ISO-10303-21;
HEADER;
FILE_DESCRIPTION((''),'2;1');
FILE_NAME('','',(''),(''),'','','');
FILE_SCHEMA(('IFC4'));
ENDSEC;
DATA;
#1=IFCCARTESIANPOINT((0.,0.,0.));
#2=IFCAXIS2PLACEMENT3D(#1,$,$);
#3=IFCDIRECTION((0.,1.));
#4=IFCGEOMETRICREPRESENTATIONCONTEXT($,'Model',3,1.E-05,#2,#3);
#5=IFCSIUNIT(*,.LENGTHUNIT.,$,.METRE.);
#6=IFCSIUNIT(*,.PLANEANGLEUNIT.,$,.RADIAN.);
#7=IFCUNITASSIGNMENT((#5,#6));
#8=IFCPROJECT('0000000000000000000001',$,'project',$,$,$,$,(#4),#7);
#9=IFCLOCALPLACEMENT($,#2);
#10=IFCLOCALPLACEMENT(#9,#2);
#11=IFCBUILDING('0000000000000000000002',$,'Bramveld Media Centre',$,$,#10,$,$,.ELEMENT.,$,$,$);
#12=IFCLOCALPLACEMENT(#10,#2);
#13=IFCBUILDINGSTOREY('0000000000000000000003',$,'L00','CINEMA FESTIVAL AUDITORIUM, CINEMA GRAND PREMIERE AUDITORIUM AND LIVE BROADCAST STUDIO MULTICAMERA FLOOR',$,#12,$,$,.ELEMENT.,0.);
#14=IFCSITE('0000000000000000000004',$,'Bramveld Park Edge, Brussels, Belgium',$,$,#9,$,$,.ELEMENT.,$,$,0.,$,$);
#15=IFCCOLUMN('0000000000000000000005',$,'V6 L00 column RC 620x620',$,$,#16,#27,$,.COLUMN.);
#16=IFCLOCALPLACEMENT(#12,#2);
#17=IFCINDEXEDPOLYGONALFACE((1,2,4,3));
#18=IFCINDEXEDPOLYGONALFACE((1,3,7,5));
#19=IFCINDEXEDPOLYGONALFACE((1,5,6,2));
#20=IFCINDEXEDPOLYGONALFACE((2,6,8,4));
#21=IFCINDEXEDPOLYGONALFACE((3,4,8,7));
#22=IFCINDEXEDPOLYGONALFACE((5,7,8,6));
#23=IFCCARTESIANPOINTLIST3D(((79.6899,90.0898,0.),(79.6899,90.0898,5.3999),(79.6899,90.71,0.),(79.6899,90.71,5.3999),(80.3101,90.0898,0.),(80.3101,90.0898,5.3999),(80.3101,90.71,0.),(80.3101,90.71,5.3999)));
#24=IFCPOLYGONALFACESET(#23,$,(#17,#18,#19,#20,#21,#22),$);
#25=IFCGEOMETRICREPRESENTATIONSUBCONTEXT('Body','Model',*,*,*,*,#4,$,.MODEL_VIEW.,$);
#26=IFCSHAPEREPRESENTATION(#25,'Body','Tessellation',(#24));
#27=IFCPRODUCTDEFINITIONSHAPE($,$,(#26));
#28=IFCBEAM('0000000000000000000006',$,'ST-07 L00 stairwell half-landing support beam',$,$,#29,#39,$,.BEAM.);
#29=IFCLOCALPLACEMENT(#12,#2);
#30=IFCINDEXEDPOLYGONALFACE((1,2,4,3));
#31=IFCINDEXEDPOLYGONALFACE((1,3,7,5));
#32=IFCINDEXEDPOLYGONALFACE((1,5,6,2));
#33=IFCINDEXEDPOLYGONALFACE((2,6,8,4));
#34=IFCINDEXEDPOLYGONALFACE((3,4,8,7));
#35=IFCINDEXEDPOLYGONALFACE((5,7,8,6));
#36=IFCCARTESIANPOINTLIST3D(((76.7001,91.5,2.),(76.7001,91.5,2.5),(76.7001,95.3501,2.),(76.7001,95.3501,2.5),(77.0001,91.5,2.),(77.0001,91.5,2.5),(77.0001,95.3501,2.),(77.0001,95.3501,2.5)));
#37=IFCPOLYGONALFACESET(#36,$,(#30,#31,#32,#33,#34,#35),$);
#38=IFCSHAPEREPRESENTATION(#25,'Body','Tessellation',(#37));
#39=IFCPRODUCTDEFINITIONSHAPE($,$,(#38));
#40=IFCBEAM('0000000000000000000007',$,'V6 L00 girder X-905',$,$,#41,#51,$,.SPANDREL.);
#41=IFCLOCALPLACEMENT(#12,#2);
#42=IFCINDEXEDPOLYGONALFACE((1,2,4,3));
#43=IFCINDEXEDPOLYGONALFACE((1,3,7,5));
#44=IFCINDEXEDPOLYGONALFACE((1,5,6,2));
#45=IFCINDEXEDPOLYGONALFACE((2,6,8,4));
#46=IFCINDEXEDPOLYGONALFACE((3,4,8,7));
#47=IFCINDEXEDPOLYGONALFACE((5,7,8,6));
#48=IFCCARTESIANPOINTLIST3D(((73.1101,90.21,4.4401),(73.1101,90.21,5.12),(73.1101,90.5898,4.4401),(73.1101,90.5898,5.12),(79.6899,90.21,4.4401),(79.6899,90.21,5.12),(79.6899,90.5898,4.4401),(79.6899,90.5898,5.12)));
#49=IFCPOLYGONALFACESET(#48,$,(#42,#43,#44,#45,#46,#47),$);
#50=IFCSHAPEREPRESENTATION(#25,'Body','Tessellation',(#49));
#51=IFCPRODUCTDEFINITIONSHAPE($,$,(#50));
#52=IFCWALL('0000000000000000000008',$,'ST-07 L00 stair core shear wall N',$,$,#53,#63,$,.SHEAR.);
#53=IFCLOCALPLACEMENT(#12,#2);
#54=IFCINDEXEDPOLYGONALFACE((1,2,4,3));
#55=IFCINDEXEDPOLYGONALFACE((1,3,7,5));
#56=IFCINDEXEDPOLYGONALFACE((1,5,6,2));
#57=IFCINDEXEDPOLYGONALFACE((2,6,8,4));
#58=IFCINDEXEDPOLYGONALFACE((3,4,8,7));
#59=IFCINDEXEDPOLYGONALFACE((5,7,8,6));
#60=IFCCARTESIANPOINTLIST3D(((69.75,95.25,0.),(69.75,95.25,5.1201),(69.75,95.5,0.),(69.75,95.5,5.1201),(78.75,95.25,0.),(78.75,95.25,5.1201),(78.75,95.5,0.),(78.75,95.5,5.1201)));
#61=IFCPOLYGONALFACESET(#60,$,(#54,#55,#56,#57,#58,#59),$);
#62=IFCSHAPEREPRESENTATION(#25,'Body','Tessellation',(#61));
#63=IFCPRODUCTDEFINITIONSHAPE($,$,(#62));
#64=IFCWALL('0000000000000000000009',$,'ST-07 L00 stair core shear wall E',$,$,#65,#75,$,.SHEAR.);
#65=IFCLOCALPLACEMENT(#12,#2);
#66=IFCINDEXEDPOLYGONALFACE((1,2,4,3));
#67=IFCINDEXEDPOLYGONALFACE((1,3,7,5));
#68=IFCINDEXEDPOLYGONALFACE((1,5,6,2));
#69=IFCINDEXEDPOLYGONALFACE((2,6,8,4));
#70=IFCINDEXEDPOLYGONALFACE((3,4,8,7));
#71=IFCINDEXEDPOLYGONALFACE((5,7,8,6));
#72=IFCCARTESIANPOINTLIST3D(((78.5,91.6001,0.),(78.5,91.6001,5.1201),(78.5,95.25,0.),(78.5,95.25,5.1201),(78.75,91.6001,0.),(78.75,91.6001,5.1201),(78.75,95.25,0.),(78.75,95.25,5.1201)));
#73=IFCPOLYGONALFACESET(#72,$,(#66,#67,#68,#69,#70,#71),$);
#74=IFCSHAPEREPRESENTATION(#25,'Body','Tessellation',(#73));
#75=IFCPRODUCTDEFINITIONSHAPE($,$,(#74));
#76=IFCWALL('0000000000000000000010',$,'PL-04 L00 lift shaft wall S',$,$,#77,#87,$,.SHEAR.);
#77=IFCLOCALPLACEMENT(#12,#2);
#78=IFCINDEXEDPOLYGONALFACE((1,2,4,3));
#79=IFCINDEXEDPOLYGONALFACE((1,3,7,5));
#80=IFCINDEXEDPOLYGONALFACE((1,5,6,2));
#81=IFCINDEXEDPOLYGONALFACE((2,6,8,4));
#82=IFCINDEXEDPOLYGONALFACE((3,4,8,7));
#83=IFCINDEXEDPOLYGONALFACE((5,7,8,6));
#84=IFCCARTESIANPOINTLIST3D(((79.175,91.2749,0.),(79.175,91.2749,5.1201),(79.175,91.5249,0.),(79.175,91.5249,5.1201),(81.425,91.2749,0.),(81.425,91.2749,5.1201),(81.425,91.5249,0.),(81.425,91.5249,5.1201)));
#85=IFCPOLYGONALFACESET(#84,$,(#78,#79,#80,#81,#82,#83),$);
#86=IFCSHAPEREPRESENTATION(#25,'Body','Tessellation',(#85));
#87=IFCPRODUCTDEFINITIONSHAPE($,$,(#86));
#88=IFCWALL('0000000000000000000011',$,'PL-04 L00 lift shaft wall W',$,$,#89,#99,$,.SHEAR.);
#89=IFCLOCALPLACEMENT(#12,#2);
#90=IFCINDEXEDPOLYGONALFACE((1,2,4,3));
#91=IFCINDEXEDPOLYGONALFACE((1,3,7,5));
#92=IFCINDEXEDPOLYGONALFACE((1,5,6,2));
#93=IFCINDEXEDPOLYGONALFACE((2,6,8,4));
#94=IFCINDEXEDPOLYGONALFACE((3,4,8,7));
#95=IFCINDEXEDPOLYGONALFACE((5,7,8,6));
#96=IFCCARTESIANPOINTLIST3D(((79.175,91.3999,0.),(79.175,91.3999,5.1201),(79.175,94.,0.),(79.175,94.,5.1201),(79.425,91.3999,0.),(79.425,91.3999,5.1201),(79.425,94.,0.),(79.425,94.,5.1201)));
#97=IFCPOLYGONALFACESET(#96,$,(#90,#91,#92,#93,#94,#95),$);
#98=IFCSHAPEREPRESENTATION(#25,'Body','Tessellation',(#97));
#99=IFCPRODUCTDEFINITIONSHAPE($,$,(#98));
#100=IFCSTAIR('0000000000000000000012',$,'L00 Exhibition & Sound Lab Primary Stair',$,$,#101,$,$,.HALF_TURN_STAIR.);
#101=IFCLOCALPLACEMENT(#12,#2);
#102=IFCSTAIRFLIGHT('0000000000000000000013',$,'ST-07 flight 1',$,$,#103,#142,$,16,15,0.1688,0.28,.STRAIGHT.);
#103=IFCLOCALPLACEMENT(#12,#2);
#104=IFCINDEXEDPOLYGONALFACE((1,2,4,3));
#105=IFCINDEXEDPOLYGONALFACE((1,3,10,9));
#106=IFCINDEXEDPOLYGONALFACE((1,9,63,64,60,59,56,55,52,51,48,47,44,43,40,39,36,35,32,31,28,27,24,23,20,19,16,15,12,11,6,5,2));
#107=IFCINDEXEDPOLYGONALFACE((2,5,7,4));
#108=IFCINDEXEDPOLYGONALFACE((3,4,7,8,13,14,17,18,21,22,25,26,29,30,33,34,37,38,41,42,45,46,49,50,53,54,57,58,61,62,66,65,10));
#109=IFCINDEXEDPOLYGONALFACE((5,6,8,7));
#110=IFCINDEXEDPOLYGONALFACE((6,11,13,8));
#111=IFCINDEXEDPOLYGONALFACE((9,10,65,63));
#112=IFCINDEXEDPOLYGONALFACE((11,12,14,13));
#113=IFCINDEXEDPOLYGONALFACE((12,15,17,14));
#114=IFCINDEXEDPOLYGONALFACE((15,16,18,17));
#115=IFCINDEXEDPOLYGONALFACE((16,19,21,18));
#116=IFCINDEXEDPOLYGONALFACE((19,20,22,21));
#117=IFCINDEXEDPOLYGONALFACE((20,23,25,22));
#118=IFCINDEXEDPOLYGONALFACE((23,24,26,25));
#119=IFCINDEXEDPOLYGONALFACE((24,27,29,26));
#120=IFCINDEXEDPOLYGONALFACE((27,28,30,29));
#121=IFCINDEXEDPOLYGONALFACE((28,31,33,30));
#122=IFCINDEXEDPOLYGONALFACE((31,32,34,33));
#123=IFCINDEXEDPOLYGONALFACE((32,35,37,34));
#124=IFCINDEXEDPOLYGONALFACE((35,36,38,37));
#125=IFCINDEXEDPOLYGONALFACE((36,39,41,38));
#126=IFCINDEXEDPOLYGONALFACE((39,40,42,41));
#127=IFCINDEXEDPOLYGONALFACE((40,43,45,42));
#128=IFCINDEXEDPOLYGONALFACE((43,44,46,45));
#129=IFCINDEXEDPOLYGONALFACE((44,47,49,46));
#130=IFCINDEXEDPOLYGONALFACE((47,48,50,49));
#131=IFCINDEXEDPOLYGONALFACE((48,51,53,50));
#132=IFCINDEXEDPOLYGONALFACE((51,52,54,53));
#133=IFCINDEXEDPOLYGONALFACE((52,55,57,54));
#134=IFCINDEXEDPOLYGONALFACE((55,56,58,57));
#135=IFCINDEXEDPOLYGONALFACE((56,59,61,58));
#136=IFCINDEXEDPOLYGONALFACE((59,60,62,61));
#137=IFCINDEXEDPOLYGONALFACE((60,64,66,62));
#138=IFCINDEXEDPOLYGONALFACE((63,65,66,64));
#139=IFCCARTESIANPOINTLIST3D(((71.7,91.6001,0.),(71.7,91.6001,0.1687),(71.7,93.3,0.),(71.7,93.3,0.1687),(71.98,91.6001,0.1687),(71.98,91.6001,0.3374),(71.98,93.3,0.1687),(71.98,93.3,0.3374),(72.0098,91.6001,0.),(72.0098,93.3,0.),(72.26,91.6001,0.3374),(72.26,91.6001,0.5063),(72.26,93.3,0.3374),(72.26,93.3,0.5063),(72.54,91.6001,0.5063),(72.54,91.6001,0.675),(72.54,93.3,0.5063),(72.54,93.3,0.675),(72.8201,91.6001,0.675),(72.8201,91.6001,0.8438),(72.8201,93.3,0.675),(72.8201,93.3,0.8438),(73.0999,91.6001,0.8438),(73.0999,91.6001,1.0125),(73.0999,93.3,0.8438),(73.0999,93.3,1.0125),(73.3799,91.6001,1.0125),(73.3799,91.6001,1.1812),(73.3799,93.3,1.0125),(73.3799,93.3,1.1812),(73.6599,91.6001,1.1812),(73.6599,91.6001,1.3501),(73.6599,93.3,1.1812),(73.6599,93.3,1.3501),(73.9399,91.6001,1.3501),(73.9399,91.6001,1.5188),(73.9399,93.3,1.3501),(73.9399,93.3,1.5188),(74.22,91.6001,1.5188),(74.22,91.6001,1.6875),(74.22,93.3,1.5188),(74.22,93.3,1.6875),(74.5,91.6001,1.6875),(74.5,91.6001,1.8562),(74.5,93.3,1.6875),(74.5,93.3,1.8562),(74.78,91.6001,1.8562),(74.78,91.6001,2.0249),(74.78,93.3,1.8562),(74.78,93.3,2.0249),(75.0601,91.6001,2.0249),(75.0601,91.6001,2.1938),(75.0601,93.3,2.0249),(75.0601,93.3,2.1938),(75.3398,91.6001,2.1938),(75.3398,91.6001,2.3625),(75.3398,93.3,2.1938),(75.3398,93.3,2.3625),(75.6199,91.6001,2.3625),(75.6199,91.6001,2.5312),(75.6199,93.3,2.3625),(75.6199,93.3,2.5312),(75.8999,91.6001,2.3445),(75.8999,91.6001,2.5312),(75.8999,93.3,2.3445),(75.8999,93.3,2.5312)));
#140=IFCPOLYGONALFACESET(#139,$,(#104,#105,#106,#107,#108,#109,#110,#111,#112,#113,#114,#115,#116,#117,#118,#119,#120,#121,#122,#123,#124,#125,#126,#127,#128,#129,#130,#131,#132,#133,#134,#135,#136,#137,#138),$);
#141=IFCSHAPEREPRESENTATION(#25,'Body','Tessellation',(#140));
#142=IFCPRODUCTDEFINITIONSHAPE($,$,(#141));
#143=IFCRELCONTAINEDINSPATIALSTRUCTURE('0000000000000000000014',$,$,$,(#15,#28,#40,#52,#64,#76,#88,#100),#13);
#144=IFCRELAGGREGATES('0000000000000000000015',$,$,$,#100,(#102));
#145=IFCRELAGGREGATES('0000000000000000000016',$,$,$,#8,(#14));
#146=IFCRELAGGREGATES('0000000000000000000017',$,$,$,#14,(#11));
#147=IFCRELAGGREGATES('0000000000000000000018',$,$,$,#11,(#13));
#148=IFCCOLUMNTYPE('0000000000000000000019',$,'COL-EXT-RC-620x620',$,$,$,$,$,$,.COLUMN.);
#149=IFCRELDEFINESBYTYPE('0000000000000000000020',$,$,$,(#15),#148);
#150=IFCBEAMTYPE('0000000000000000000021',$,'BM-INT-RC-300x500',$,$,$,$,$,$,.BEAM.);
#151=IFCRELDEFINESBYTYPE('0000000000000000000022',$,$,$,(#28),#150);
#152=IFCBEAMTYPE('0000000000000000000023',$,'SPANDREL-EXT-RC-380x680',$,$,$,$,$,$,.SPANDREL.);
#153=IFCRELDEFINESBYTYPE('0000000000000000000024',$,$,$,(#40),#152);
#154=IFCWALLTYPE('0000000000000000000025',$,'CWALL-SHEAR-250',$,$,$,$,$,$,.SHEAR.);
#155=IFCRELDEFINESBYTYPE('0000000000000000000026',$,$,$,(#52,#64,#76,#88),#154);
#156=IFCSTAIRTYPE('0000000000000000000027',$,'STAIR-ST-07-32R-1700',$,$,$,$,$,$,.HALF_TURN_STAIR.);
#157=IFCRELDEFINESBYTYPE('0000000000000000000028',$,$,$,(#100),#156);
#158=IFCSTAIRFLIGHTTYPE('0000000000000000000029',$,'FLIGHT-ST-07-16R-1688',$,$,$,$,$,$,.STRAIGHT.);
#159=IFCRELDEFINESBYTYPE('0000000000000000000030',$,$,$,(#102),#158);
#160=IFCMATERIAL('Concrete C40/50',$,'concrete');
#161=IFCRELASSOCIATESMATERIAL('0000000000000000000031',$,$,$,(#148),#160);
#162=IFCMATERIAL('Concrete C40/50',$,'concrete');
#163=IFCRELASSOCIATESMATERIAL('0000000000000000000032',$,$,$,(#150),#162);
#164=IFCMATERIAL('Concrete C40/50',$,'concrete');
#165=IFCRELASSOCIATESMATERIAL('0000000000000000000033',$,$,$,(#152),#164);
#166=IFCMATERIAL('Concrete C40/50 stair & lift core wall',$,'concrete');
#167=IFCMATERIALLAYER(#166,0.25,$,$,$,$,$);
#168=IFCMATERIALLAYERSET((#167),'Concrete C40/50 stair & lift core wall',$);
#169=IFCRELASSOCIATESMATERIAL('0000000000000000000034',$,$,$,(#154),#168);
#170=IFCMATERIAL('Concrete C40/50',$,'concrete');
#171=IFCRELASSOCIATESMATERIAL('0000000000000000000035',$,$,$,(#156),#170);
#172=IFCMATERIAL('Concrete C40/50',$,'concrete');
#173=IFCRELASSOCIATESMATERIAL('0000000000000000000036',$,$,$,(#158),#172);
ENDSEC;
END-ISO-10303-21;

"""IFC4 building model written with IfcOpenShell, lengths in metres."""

from ifc_helpers import new_model, si_unit, direction, frame, frame_2d, origin, origin_2d, place, context, subcontext, project, spatial, polyline, rectangle, outline, extrude, material, layer, layer_set, material_profile, profile_set, type_object, element, aggregate, save


model = new_model("IFC4")

# Units and contexts
model_context = context("Model", 3, precision=1e-05, world=origin(), true_north=direction((0.0, 1.0)))
body_context = subcontext(model_context, "Body", "Model", "MODEL_VIEW")
ifc_project = project(units=[si_unit("LENGTHUNIT", "METRE"), si_unit("PLANEANGLEUNIT", "RADIAN")], contexts=[model_context])

# Site, building, storey
site_placement = place(None, origin())
site = spatial("IfcSite", under=ifc_project, at=site_placement, Name="Bramveld Park Edge, Brussels, Belgium", CompositionType="ELEMENT", RefElevation=0.0)
building_placement = place(site_placement, origin())
building = spatial("IfcBuilding", under=site, at=building_placement, Name="Bramveld Media Centre", CompositionType="ELEMENT")
storey_placement = place(building_placement, origin())
storey = spatial("IfcBuildingStorey", under=building, at=storey_placement, Name="L00", Description="CINEMA FESTIVAL AUDITORIUM, CINEMA GRAND PREMIERE AUDITORIUM AND LIVE BROADCAST STUDIO MULTICAMERA FLOOR", CompositionType="ELEMENT", Elevation=0.0)

# Column
ifc_material_1 = material(Name="Concrete C40/50", Category="concrete")
ifc_material_profile_1 = material_profile(ifc_material_1, rectangle(XDim=0.6201, YDim=0.6201, at=origin_2d()), Name="RC 620x620")
ifc_profile_set_1 = profile_set([ifc_material_profile_1], Name="Concrete C40/50")
column_type = type_object("IfcColumnType", Name="COL-EXT-RC-620x620", PredefinedType="COLUMN", material=ifc_profile_set_1)
for number, where, z_axis, x_axis, name in (
    (1, (80.0, 90.3999, 0.0), (0.0, 0.0, 1.0), (1.0, 0.0, 0.0), "V6 L00 column RC 620x620"),
):
    element("IfcColumn", number, at=place(storey_placement, frame(where, z_axis=z_axis, x_axis=x_axis)), inside=storey, type_object=column_type, Name=name, PredefinedType="COLUMN", context=body_context, shape_type="SweptSolid", body=[
        extrude(rectangle(XDim=0.6201, YDim=0.6201, at=origin_2d()), origin(), (0.0, 0.0, 1.0), 5.3999),
    ])

# Beams
ifc_material_2 = material(Name="Concrete C40/50", Category="concrete")
ifc_material_profile_2 = material_profile(ifc_material_2, rectangle(XDim=0.3, YDim=0.5, at=origin_2d()), Name="RC 300x500")
ifc_profile_set_2 = profile_set([ifc_material_profile_2], Name="Concrete C40/50")
beam_type_1 = type_object("IfcBeamType", Name="BM-INT-RC-300x500", PredefinedType="BEAM", material=ifc_profile_set_2)
beam_1_placement = place(storey_placement, frame((76.8501, 91.5, 2.25), z_axis=(0.0, 1.0, 0.0), x_axis=(-1.0, 0.0, 0.0)))
element("IfcBeam", 2, at=beam_1_placement, inside=storey, type_object=beam_type_1, Name="ST-07 L00 stairwell half-landing support beam", PredefinedType="BEAM", context=body_context, shape_type="SweptSolid", body=[
    extrude(rectangle(XDim=0.3, YDim=0.5, at=origin_2d()), origin(), (0.0, 0.0, 1.0), 3.8501),
])
ifc_material_3 = material(Name="Concrete C40/50", Category="concrete")
ifc_material_profile_3 = material_profile(ifc_material_3, rectangle(XDim=0.3799, YDim=0.6799, at=origin_2d()), Name="RC 380x680")
ifc_profile_set_3 = profile_set([ifc_material_profile_3], Name="Concrete C40/50")
beam_type_2 = type_object("IfcBeamType", Name="SPANDREL-EXT-RC-380x680", PredefinedType="SPANDREL", material=ifc_profile_set_3)
beam_2_placement = place(storey_placement, frame((73.1101, 90.3999, 4.78), z_axis=(1.0, 0.0, 0.0), x_axis=(0.0, 1.0, 0.0)))
element("IfcBeam", 3, at=beam_2_placement, inside=storey, type_object=beam_type_2, Name="V6 L00 girder X-905", PredefinedType="SPANDREL", context=body_context, shape_type="SweptSolid", body=[
    extrude(rectangle(XDim=0.3799, YDim=0.6799, at=origin_2d()), origin(), (0.0, 0.0, 1.0), 6.5798),
])

# Walls
ifc_material_4 = material(Name="Concrete C40/50 stair & lift core wall", Category="concrete")
ifc_layer = layer(ifc_material_4, 0.25)
ifc_layer_set = layer_set([ifc_layer], Name="Concrete C40/50 stair & lift core wall")
wall_type = type_object("IfcWallType", Name="CWALL-SHEAR-250", PredefinedType="SHEAR", material=ifc_layer_set)
wall_1_placement = place(storey_placement, frame((78.75, 95.375, 0.0), z_axis=(0.0, 0.0, 1.0), x_axis=(-1.0, 0.0, 0.0)))
element("IfcWall", 4, at=wall_1_placement, inside=storey, type_object=wall_type, Name="ST-07 L00 stair core shear wall N", PredefinedType="SHEAR", context=body_context, shape_type="SweptSolid", body=[
    extrude(rectangle(XDim=9.0, YDim=0.25, at=frame_2d((4.5, 0.0))), origin(), (0.0, 0.0, 1.0), 5.1201),
])
wall_2_placement = place(storey_placement, frame((78.625, 91.6001, 0.0), z_axis=(0.0, 0.0, 1.0), x_axis=(0.0, 1.0, 0.0)))
element("IfcWall", 5, at=wall_2_placement, inside=storey, type_object=wall_type, Name="ST-07 L00 stair core shear wall E", PredefinedType="SHEAR", context=body_context, shape_type="SweptSolid", body=[
    extrude(rectangle(XDim=3.6499, YDim=0.25, at=frame_2d((1.825, 0.0))), origin(), (0.0, 0.0, 1.0), 5.1201),
])
wall_3_placement = place(storey_placement, frame((79.175, 91.3999, 0.0), z_axis=(0.0, 0.0, 1.0), x_axis=(1.0, 0.0, 0.0)))
element("IfcWall", 6, at=wall_3_placement, inside=storey, type_object=wall_type, Name="PL-04 L00 lift shaft wall S", PredefinedType="SHEAR", context=body_context, shape_type="SweptSolid", body=[
    extrude(rectangle(XDim=2.25, YDim=0.25, at=frame_2d((1.125, 0.0))), origin(), (0.0, 0.0, 1.0), 5.1201),
])
wall_4_placement = place(storey_placement, frame((79.3, 94.0, 0.0), z_axis=(0.0, 0.0, 1.0), x_axis=(0.0, -1.0, 0.0)))
element("IfcWall", 7, at=wall_4_placement, inside=storey, type_object=wall_type, Name="PL-04 L00 lift shaft wall W", PredefinedType="SHEAR", context=body_context, shape_type="SweptSolid", body=[
    extrude(rectangle(XDim=2.6001, YDim=0.25, at=frame_2d((1.3, 0.0))), origin(), (0.0, 0.0, 1.0), 5.1201),
])

# Stair, stair flight
ifc_material_5 = material(Name="Concrete C40/50", Category="concrete")
stair_type = type_object("IfcStairType", Name="STAIR-ST-07-32R-1700", PredefinedType="HALF_TURN_STAIR", material=ifc_material_5)
stair_placement = place(storey_placement, origin())
stair = element("IfcStair", 8, at=stair_placement, inside=storey, type_object=stair_type, Name="L00 Exhibition & Sound Lab Primary Stair", PredefinedType="HALF_TURN_STAIR")
ifc_material_6 = material(Name="Concrete C40/50", Category="concrete")
stair_flight_type = type_object("IfcStairFlightType", Name="FLIGHT-ST-07-16R-1688", PredefinedType="STRAIGHT", material=ifc_material_6)
stair_flight_1_placement = place(storey_placement, frame((71.7, 92.45, 0.0), z_axis=(0.0, 0.0, 1.0), x_axis=(1.0, 0.0, 0.0)))
stair_flight_1 = element("IfcStairFlight", 9, at=stair_flight_1_placement, type_object=stair_flight_type, Name="ST-07 flight 1", NumberOfRisers=16, NumberOfTreads=15, PredefinedType="STRAIGHT", RiserHeight=0.1688, TreadLength=0.28, context=body_context, shape_type="SweptSolid", body=[
    extrude(outline(polyline([(0.0, 0.0), (0.0, 0.1687), (0.28, 0.1687), (0.28, 0.3374), (0.5601, 0.3374), (0.5601, 0.5063), (0.8401, 0.5063), (0.8401, 0.675), (1.1201, 0.675), (1.1201, 0.8438), (1.3999, 0.8438), (1.3999, 1.0125), (1.6799, 1.0125), (1.6799, 1.1812), (1.96, 1.1812), (1.96, 1.3501), (2.24, 1.3501), (2.24, 1.5188), (2.52, 1.5188), (2.52, 1.6875), (2.8, 1.6875), (2.8, 1.8562), (3.0801, 1.8562), (3.0801, 2.0249), (3.3601, 2.0249), (3.3601, 2.1938), (3.6399, 2.1938), (3.6399, 2.3625), (3.9199, 2.3625), (3.9199, 2.5312), (4.2, 2.5312), (4.2, 2.7), (4.2, 2.3445), (0.3098, 0.0), (0.0, 0.0)])), frame((0.0, 0.8501, 0.0), z_axis=(0.0, -1.0, 0.0), x_axis=(1.0, 0.0, 0.0)), (0.0, 0.0, 1.0), 1.7),
])
aggregate(stair, [stair_flight_1])

save(model, "model.ifc")
